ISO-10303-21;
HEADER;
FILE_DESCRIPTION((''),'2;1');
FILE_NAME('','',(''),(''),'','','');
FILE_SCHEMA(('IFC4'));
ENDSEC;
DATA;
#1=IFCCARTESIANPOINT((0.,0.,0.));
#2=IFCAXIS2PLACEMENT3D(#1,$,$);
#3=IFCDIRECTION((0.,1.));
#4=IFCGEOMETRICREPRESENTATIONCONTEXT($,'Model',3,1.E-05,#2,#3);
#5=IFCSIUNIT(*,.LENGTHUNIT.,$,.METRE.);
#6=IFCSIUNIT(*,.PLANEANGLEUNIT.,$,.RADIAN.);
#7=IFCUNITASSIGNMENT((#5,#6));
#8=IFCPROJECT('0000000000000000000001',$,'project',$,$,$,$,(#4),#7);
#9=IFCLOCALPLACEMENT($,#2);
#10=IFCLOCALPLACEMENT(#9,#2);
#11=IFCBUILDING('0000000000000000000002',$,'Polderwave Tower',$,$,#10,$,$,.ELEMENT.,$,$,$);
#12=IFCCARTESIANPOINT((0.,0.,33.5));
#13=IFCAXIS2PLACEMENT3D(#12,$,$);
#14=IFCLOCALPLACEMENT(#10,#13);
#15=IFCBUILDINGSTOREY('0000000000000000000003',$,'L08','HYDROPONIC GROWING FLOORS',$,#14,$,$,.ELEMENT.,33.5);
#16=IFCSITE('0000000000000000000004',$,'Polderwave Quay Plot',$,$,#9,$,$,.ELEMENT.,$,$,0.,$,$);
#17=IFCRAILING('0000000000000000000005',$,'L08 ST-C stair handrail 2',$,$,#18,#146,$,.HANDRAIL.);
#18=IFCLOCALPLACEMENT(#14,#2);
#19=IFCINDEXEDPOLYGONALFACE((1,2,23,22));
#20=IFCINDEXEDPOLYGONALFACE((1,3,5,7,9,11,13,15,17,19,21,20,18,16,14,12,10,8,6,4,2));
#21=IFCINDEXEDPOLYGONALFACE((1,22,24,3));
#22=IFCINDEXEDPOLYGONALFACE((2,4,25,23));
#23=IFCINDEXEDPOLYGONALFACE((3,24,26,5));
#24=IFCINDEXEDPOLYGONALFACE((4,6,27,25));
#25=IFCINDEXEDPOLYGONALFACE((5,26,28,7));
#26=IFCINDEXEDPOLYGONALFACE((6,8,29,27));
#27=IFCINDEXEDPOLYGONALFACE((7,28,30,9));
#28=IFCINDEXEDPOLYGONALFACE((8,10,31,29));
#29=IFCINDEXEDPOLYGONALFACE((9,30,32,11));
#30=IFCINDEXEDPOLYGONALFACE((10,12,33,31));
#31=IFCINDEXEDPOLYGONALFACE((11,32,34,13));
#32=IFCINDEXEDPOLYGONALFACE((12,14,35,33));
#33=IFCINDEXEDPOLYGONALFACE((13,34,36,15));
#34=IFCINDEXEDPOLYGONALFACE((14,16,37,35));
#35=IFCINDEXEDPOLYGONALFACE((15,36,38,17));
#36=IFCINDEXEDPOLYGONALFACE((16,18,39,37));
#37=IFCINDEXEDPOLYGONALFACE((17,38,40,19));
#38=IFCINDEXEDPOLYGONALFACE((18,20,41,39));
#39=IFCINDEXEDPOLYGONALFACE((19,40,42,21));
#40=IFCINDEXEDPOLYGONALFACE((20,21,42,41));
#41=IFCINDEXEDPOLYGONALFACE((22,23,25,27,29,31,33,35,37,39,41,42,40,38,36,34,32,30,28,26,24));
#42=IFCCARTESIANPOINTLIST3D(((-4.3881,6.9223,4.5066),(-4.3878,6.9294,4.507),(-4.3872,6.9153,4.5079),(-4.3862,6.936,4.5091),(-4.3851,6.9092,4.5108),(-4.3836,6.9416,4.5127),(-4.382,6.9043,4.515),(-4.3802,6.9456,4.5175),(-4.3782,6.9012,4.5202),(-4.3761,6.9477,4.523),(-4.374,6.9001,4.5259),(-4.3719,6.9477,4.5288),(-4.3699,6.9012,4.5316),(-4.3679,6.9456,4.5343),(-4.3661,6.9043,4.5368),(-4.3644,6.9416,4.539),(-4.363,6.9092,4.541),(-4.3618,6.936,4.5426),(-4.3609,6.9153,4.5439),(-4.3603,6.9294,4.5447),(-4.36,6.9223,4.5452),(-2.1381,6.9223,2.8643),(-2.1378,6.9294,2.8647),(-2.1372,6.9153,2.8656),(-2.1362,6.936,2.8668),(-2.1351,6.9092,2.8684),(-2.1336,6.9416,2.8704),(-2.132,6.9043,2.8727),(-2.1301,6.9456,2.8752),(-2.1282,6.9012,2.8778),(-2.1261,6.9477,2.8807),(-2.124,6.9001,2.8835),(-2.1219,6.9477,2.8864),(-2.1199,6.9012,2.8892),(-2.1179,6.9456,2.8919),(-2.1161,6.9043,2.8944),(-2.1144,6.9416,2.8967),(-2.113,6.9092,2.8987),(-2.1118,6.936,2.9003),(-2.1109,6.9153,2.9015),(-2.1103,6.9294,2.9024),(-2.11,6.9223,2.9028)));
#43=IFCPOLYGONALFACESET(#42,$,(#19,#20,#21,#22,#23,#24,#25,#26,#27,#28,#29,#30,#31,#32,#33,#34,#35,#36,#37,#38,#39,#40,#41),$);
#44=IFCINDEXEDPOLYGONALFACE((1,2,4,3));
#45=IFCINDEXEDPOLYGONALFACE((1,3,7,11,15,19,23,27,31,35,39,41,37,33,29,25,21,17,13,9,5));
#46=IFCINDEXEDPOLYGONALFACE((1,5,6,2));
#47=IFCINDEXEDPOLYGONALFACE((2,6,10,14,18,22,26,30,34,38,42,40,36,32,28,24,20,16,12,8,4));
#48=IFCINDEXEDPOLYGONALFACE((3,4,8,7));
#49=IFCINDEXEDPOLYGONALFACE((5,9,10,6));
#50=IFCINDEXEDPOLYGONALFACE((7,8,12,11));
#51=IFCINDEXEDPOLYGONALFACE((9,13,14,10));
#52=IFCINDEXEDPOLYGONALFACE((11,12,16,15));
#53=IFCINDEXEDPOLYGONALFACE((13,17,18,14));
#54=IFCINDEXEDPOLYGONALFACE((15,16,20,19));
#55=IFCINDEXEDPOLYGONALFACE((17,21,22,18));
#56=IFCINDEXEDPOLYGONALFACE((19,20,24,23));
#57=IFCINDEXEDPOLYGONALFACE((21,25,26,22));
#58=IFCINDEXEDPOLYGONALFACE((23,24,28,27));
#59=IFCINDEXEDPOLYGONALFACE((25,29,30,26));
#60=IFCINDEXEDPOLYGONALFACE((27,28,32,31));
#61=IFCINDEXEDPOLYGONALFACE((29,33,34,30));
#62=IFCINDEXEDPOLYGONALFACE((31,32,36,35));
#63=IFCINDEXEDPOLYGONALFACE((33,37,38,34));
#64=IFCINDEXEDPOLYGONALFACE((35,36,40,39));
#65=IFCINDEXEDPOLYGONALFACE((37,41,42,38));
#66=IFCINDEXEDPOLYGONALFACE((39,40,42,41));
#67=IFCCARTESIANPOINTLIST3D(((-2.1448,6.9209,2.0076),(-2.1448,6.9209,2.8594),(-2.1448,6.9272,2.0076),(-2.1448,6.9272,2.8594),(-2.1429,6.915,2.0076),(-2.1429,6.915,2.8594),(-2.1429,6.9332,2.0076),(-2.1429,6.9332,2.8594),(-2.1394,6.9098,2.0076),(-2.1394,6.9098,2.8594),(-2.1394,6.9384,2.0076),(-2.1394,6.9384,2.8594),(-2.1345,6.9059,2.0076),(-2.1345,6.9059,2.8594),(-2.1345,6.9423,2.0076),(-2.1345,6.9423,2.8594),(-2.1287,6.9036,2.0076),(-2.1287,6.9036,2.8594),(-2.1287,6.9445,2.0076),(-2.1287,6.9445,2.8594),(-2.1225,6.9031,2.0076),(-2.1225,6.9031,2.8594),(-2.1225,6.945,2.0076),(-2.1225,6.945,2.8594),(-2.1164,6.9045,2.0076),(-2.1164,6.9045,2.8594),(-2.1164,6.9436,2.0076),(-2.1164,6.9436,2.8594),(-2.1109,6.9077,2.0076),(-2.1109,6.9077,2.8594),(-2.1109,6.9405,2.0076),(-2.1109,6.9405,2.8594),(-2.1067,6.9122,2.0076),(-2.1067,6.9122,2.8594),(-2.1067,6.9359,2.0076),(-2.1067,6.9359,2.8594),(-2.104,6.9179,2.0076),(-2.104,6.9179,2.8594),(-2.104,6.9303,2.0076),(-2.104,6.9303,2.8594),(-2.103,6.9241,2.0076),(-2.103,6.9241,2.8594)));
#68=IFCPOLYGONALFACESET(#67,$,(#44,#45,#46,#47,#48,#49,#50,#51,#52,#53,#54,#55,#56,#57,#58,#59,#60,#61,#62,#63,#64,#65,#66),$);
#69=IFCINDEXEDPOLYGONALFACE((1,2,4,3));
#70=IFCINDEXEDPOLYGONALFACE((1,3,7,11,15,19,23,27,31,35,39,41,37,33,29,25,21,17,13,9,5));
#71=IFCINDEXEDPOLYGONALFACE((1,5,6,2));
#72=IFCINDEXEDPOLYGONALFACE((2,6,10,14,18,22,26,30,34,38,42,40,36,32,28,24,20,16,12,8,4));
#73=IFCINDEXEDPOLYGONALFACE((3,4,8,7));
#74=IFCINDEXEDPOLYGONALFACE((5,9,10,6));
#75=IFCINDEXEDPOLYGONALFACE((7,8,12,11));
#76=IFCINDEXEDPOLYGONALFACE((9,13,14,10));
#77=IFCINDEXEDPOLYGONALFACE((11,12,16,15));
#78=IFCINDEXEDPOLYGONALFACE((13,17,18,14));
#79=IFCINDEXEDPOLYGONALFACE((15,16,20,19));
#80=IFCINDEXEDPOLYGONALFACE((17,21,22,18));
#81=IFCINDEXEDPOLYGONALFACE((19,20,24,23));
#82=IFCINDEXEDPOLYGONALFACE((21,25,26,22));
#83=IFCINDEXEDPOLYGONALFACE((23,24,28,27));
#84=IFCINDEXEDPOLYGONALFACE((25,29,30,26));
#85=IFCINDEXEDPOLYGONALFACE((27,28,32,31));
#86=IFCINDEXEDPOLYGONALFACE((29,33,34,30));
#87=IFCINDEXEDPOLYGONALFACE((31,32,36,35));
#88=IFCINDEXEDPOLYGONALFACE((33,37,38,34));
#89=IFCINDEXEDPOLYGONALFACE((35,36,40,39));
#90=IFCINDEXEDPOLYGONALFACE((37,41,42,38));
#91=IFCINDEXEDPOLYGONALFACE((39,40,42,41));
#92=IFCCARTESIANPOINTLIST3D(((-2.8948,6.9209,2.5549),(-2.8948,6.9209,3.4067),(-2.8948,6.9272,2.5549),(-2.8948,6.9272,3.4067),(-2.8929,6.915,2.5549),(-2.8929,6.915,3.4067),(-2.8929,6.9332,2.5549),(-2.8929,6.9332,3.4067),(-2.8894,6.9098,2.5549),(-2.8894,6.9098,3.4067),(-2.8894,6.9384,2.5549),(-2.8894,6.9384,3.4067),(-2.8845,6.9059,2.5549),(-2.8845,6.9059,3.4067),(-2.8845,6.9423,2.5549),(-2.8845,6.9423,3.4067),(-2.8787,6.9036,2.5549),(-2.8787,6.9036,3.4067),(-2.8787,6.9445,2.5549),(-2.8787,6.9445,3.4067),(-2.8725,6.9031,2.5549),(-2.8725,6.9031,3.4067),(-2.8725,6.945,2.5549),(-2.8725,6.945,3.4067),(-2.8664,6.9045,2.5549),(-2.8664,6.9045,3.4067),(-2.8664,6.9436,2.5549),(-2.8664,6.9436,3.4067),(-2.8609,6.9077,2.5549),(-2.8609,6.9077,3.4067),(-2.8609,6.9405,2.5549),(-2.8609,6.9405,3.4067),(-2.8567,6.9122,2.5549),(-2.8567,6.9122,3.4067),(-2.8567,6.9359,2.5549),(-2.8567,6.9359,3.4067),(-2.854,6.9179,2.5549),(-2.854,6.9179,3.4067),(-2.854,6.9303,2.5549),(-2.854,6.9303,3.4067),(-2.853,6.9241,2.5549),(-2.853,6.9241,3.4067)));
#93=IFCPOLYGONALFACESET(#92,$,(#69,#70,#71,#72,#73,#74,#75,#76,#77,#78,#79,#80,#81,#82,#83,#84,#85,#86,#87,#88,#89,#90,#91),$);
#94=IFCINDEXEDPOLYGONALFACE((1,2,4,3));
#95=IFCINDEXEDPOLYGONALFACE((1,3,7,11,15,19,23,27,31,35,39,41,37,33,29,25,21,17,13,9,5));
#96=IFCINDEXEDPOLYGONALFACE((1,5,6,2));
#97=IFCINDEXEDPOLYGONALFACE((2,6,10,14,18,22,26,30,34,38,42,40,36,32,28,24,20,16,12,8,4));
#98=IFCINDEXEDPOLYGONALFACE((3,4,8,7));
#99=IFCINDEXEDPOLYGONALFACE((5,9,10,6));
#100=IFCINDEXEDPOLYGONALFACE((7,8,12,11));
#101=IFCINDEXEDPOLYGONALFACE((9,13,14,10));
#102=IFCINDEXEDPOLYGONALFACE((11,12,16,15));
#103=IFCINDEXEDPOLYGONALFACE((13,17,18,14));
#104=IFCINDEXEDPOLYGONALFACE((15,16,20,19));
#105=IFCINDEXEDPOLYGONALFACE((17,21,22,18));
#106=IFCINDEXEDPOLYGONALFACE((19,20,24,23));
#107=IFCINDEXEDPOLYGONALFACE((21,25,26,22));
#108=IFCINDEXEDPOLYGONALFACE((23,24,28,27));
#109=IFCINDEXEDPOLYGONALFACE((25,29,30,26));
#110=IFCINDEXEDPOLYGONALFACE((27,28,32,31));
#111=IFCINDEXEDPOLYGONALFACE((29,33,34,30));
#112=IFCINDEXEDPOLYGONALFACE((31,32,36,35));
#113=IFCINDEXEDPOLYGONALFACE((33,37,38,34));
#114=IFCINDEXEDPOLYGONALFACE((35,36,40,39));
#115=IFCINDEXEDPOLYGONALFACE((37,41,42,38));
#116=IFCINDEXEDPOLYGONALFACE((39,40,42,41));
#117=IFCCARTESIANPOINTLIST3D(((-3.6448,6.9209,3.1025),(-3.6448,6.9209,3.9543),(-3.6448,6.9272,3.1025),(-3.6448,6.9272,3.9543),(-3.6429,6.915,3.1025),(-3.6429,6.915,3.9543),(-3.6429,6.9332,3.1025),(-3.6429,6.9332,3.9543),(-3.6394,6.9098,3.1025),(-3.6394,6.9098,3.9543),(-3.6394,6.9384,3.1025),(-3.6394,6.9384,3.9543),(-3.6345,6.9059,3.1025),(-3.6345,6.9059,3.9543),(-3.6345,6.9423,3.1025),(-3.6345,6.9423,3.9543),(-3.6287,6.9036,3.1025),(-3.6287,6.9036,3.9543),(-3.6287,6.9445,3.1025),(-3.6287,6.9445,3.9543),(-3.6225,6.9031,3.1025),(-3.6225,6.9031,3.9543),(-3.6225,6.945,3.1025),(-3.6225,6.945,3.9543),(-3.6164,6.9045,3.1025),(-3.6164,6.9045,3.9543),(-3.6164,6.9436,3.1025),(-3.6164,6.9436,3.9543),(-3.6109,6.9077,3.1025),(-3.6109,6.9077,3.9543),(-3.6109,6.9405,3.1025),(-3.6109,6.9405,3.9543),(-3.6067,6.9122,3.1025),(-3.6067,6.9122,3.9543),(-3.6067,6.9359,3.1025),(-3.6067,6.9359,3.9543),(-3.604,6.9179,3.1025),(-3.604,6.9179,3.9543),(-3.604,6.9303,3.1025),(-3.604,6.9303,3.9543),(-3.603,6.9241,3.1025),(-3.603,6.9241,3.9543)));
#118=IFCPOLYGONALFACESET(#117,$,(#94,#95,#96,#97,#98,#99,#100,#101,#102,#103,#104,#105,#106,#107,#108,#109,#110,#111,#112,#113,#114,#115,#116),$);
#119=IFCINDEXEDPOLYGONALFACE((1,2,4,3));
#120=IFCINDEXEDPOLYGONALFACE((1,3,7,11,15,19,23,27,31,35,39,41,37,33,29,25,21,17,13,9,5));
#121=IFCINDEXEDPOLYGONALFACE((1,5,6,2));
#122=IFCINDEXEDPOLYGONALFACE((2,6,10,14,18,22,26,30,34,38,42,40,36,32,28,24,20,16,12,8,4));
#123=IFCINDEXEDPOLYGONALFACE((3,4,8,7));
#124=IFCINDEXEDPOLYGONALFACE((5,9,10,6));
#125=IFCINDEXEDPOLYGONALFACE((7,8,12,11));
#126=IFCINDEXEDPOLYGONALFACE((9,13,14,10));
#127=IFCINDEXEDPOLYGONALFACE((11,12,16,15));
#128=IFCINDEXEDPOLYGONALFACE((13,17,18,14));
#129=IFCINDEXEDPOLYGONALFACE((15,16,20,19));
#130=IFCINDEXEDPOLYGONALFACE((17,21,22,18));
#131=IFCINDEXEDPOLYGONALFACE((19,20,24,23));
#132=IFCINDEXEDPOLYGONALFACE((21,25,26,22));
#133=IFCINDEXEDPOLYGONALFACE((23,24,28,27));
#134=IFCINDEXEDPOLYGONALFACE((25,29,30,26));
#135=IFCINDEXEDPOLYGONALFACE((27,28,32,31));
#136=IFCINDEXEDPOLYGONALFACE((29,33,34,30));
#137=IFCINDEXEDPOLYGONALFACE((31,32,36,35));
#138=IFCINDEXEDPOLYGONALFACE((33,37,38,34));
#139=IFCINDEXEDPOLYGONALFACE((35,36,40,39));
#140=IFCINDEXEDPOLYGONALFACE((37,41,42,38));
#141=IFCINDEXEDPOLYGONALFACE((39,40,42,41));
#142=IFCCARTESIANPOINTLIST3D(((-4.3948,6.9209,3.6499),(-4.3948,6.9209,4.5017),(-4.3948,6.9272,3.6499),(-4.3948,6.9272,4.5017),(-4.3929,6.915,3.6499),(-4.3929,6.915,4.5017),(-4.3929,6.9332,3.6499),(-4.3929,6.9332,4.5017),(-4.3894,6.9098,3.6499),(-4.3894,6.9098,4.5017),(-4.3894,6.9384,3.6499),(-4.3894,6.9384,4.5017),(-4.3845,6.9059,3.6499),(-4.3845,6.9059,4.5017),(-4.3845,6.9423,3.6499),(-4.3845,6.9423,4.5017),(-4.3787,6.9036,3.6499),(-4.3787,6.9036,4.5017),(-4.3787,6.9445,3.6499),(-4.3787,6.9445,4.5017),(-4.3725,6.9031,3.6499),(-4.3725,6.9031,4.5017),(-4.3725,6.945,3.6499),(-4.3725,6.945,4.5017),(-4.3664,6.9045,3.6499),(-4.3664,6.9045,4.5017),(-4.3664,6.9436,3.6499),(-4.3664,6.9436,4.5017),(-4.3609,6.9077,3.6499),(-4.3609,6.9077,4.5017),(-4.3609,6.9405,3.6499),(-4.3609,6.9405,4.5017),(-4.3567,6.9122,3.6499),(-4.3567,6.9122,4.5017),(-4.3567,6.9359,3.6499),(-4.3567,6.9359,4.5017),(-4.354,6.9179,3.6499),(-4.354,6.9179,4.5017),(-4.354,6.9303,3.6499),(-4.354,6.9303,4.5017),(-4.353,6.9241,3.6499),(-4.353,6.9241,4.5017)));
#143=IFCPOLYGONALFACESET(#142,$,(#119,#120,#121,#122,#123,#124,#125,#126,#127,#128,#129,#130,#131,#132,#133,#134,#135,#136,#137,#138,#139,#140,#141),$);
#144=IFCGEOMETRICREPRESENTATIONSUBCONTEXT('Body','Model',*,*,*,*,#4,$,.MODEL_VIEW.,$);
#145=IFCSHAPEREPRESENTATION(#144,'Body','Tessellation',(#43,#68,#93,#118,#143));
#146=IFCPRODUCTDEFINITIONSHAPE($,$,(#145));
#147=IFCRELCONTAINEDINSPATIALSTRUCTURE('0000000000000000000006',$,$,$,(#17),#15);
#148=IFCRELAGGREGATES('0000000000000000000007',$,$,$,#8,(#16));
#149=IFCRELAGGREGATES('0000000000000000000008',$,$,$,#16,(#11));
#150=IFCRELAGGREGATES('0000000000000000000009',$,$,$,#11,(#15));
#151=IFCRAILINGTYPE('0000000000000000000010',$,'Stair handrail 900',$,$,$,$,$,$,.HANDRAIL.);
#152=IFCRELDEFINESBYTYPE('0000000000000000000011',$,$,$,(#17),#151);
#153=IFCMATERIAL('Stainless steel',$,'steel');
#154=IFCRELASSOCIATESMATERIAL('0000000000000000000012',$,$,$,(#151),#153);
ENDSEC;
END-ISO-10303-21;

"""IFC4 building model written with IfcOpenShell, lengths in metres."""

from ifc_helpers import new_model, si_unit, direction, frame, origin, origin_2d, place, context, subcontext, project, spatial, circle, extrude, material, type_object, element, save


model = new_model("IFC4")

# Units and contexts
model_context = context("Model", 3, precision=1e-05, world=origin(), true_north=direction((0.0, 1.0)))
body_context = subcontext(model_context, "Body", "Model", "MODEL_VIEW")
ifc_project = project(units=[si_unit("LENGTHUNIT", "METRE"), si_unit("PLANEANGLEUNIT", "RADIAN")], contexts=[model_context])

# Site, building, storey
site_placement = place(None, origin())
site = spatial("IfcSite", under=ifc_project, at=site_placement, Name="Polderwave Quay Plot", CompositionType="ELEMENT", RefElevation=0.0)
building_placement = place(site_placement, origin())
building = spatial("IfcBuilding", under=site, at=building_placement, Name="Polderwave Tower", CompositionType="ELEMENT")
storey_placement = place(building_placement, frame((0.0, 0.0, 33.5)))
storey = spatial("IfcBuildingStorey", under=building, at=storey_placement, Name="L08", Description="HYDROPONIC GROWING FLOORS", CompositionType="ELEMENT", Elevation=33.5)

# Railing
ifc_material_1 = material(Name="Stainless steel", Category="steel")
railing_type_1 = type_object("IfcRailingType", Name="Stair handrail 900", PredefinedType="HANDRAIL", material=ifc_material_1)
railing_1_placement = place(storey_placement, frame((-2.124, 6.9241, 2.0076)))
element("IfcRailing", 1, at=railing_1_placement, inside=storey, type_object=railing_type_1, Name="L08 ST-C stair handrail 2", PredefinedType="HANDRAIL", context=body_context, shape_type="SweptSolid", body=[
    extrude(circle(Radius=0.0239, at=origin_2d()), frame((0.0, 0.0, 0.876), z_axis=(-0.807715, 0.0, 0.589573), x_axis=(0.0, -1.0, 0.0)), (0.0, 0.0, 1.0), 2.7856),
    extrude(circle(Radius=0.021, at=origin_2d()), origin(), (0.0, 0.0, 1.0), 0.8518),
    extrude(circle(Radius=0.021, at=origin_2d()), frame((-0.75, 0.0, 0.5474)), (0.0, 0.0, 1.0), 0.8518),
    extrude(circle(Radius=0.021, at=origin_2d()), frame((-1.5, 0.0, 1.095)), (0.0, 0.0, 1.0), 0.8518),
    extrude(circle(Radius=0.021, at=origin_2d()), frame((-2.25, 0.0, 1.6423)), (0.0, 0.0, 1.0), 0.8518),
])

save(model, "model.ifc")
